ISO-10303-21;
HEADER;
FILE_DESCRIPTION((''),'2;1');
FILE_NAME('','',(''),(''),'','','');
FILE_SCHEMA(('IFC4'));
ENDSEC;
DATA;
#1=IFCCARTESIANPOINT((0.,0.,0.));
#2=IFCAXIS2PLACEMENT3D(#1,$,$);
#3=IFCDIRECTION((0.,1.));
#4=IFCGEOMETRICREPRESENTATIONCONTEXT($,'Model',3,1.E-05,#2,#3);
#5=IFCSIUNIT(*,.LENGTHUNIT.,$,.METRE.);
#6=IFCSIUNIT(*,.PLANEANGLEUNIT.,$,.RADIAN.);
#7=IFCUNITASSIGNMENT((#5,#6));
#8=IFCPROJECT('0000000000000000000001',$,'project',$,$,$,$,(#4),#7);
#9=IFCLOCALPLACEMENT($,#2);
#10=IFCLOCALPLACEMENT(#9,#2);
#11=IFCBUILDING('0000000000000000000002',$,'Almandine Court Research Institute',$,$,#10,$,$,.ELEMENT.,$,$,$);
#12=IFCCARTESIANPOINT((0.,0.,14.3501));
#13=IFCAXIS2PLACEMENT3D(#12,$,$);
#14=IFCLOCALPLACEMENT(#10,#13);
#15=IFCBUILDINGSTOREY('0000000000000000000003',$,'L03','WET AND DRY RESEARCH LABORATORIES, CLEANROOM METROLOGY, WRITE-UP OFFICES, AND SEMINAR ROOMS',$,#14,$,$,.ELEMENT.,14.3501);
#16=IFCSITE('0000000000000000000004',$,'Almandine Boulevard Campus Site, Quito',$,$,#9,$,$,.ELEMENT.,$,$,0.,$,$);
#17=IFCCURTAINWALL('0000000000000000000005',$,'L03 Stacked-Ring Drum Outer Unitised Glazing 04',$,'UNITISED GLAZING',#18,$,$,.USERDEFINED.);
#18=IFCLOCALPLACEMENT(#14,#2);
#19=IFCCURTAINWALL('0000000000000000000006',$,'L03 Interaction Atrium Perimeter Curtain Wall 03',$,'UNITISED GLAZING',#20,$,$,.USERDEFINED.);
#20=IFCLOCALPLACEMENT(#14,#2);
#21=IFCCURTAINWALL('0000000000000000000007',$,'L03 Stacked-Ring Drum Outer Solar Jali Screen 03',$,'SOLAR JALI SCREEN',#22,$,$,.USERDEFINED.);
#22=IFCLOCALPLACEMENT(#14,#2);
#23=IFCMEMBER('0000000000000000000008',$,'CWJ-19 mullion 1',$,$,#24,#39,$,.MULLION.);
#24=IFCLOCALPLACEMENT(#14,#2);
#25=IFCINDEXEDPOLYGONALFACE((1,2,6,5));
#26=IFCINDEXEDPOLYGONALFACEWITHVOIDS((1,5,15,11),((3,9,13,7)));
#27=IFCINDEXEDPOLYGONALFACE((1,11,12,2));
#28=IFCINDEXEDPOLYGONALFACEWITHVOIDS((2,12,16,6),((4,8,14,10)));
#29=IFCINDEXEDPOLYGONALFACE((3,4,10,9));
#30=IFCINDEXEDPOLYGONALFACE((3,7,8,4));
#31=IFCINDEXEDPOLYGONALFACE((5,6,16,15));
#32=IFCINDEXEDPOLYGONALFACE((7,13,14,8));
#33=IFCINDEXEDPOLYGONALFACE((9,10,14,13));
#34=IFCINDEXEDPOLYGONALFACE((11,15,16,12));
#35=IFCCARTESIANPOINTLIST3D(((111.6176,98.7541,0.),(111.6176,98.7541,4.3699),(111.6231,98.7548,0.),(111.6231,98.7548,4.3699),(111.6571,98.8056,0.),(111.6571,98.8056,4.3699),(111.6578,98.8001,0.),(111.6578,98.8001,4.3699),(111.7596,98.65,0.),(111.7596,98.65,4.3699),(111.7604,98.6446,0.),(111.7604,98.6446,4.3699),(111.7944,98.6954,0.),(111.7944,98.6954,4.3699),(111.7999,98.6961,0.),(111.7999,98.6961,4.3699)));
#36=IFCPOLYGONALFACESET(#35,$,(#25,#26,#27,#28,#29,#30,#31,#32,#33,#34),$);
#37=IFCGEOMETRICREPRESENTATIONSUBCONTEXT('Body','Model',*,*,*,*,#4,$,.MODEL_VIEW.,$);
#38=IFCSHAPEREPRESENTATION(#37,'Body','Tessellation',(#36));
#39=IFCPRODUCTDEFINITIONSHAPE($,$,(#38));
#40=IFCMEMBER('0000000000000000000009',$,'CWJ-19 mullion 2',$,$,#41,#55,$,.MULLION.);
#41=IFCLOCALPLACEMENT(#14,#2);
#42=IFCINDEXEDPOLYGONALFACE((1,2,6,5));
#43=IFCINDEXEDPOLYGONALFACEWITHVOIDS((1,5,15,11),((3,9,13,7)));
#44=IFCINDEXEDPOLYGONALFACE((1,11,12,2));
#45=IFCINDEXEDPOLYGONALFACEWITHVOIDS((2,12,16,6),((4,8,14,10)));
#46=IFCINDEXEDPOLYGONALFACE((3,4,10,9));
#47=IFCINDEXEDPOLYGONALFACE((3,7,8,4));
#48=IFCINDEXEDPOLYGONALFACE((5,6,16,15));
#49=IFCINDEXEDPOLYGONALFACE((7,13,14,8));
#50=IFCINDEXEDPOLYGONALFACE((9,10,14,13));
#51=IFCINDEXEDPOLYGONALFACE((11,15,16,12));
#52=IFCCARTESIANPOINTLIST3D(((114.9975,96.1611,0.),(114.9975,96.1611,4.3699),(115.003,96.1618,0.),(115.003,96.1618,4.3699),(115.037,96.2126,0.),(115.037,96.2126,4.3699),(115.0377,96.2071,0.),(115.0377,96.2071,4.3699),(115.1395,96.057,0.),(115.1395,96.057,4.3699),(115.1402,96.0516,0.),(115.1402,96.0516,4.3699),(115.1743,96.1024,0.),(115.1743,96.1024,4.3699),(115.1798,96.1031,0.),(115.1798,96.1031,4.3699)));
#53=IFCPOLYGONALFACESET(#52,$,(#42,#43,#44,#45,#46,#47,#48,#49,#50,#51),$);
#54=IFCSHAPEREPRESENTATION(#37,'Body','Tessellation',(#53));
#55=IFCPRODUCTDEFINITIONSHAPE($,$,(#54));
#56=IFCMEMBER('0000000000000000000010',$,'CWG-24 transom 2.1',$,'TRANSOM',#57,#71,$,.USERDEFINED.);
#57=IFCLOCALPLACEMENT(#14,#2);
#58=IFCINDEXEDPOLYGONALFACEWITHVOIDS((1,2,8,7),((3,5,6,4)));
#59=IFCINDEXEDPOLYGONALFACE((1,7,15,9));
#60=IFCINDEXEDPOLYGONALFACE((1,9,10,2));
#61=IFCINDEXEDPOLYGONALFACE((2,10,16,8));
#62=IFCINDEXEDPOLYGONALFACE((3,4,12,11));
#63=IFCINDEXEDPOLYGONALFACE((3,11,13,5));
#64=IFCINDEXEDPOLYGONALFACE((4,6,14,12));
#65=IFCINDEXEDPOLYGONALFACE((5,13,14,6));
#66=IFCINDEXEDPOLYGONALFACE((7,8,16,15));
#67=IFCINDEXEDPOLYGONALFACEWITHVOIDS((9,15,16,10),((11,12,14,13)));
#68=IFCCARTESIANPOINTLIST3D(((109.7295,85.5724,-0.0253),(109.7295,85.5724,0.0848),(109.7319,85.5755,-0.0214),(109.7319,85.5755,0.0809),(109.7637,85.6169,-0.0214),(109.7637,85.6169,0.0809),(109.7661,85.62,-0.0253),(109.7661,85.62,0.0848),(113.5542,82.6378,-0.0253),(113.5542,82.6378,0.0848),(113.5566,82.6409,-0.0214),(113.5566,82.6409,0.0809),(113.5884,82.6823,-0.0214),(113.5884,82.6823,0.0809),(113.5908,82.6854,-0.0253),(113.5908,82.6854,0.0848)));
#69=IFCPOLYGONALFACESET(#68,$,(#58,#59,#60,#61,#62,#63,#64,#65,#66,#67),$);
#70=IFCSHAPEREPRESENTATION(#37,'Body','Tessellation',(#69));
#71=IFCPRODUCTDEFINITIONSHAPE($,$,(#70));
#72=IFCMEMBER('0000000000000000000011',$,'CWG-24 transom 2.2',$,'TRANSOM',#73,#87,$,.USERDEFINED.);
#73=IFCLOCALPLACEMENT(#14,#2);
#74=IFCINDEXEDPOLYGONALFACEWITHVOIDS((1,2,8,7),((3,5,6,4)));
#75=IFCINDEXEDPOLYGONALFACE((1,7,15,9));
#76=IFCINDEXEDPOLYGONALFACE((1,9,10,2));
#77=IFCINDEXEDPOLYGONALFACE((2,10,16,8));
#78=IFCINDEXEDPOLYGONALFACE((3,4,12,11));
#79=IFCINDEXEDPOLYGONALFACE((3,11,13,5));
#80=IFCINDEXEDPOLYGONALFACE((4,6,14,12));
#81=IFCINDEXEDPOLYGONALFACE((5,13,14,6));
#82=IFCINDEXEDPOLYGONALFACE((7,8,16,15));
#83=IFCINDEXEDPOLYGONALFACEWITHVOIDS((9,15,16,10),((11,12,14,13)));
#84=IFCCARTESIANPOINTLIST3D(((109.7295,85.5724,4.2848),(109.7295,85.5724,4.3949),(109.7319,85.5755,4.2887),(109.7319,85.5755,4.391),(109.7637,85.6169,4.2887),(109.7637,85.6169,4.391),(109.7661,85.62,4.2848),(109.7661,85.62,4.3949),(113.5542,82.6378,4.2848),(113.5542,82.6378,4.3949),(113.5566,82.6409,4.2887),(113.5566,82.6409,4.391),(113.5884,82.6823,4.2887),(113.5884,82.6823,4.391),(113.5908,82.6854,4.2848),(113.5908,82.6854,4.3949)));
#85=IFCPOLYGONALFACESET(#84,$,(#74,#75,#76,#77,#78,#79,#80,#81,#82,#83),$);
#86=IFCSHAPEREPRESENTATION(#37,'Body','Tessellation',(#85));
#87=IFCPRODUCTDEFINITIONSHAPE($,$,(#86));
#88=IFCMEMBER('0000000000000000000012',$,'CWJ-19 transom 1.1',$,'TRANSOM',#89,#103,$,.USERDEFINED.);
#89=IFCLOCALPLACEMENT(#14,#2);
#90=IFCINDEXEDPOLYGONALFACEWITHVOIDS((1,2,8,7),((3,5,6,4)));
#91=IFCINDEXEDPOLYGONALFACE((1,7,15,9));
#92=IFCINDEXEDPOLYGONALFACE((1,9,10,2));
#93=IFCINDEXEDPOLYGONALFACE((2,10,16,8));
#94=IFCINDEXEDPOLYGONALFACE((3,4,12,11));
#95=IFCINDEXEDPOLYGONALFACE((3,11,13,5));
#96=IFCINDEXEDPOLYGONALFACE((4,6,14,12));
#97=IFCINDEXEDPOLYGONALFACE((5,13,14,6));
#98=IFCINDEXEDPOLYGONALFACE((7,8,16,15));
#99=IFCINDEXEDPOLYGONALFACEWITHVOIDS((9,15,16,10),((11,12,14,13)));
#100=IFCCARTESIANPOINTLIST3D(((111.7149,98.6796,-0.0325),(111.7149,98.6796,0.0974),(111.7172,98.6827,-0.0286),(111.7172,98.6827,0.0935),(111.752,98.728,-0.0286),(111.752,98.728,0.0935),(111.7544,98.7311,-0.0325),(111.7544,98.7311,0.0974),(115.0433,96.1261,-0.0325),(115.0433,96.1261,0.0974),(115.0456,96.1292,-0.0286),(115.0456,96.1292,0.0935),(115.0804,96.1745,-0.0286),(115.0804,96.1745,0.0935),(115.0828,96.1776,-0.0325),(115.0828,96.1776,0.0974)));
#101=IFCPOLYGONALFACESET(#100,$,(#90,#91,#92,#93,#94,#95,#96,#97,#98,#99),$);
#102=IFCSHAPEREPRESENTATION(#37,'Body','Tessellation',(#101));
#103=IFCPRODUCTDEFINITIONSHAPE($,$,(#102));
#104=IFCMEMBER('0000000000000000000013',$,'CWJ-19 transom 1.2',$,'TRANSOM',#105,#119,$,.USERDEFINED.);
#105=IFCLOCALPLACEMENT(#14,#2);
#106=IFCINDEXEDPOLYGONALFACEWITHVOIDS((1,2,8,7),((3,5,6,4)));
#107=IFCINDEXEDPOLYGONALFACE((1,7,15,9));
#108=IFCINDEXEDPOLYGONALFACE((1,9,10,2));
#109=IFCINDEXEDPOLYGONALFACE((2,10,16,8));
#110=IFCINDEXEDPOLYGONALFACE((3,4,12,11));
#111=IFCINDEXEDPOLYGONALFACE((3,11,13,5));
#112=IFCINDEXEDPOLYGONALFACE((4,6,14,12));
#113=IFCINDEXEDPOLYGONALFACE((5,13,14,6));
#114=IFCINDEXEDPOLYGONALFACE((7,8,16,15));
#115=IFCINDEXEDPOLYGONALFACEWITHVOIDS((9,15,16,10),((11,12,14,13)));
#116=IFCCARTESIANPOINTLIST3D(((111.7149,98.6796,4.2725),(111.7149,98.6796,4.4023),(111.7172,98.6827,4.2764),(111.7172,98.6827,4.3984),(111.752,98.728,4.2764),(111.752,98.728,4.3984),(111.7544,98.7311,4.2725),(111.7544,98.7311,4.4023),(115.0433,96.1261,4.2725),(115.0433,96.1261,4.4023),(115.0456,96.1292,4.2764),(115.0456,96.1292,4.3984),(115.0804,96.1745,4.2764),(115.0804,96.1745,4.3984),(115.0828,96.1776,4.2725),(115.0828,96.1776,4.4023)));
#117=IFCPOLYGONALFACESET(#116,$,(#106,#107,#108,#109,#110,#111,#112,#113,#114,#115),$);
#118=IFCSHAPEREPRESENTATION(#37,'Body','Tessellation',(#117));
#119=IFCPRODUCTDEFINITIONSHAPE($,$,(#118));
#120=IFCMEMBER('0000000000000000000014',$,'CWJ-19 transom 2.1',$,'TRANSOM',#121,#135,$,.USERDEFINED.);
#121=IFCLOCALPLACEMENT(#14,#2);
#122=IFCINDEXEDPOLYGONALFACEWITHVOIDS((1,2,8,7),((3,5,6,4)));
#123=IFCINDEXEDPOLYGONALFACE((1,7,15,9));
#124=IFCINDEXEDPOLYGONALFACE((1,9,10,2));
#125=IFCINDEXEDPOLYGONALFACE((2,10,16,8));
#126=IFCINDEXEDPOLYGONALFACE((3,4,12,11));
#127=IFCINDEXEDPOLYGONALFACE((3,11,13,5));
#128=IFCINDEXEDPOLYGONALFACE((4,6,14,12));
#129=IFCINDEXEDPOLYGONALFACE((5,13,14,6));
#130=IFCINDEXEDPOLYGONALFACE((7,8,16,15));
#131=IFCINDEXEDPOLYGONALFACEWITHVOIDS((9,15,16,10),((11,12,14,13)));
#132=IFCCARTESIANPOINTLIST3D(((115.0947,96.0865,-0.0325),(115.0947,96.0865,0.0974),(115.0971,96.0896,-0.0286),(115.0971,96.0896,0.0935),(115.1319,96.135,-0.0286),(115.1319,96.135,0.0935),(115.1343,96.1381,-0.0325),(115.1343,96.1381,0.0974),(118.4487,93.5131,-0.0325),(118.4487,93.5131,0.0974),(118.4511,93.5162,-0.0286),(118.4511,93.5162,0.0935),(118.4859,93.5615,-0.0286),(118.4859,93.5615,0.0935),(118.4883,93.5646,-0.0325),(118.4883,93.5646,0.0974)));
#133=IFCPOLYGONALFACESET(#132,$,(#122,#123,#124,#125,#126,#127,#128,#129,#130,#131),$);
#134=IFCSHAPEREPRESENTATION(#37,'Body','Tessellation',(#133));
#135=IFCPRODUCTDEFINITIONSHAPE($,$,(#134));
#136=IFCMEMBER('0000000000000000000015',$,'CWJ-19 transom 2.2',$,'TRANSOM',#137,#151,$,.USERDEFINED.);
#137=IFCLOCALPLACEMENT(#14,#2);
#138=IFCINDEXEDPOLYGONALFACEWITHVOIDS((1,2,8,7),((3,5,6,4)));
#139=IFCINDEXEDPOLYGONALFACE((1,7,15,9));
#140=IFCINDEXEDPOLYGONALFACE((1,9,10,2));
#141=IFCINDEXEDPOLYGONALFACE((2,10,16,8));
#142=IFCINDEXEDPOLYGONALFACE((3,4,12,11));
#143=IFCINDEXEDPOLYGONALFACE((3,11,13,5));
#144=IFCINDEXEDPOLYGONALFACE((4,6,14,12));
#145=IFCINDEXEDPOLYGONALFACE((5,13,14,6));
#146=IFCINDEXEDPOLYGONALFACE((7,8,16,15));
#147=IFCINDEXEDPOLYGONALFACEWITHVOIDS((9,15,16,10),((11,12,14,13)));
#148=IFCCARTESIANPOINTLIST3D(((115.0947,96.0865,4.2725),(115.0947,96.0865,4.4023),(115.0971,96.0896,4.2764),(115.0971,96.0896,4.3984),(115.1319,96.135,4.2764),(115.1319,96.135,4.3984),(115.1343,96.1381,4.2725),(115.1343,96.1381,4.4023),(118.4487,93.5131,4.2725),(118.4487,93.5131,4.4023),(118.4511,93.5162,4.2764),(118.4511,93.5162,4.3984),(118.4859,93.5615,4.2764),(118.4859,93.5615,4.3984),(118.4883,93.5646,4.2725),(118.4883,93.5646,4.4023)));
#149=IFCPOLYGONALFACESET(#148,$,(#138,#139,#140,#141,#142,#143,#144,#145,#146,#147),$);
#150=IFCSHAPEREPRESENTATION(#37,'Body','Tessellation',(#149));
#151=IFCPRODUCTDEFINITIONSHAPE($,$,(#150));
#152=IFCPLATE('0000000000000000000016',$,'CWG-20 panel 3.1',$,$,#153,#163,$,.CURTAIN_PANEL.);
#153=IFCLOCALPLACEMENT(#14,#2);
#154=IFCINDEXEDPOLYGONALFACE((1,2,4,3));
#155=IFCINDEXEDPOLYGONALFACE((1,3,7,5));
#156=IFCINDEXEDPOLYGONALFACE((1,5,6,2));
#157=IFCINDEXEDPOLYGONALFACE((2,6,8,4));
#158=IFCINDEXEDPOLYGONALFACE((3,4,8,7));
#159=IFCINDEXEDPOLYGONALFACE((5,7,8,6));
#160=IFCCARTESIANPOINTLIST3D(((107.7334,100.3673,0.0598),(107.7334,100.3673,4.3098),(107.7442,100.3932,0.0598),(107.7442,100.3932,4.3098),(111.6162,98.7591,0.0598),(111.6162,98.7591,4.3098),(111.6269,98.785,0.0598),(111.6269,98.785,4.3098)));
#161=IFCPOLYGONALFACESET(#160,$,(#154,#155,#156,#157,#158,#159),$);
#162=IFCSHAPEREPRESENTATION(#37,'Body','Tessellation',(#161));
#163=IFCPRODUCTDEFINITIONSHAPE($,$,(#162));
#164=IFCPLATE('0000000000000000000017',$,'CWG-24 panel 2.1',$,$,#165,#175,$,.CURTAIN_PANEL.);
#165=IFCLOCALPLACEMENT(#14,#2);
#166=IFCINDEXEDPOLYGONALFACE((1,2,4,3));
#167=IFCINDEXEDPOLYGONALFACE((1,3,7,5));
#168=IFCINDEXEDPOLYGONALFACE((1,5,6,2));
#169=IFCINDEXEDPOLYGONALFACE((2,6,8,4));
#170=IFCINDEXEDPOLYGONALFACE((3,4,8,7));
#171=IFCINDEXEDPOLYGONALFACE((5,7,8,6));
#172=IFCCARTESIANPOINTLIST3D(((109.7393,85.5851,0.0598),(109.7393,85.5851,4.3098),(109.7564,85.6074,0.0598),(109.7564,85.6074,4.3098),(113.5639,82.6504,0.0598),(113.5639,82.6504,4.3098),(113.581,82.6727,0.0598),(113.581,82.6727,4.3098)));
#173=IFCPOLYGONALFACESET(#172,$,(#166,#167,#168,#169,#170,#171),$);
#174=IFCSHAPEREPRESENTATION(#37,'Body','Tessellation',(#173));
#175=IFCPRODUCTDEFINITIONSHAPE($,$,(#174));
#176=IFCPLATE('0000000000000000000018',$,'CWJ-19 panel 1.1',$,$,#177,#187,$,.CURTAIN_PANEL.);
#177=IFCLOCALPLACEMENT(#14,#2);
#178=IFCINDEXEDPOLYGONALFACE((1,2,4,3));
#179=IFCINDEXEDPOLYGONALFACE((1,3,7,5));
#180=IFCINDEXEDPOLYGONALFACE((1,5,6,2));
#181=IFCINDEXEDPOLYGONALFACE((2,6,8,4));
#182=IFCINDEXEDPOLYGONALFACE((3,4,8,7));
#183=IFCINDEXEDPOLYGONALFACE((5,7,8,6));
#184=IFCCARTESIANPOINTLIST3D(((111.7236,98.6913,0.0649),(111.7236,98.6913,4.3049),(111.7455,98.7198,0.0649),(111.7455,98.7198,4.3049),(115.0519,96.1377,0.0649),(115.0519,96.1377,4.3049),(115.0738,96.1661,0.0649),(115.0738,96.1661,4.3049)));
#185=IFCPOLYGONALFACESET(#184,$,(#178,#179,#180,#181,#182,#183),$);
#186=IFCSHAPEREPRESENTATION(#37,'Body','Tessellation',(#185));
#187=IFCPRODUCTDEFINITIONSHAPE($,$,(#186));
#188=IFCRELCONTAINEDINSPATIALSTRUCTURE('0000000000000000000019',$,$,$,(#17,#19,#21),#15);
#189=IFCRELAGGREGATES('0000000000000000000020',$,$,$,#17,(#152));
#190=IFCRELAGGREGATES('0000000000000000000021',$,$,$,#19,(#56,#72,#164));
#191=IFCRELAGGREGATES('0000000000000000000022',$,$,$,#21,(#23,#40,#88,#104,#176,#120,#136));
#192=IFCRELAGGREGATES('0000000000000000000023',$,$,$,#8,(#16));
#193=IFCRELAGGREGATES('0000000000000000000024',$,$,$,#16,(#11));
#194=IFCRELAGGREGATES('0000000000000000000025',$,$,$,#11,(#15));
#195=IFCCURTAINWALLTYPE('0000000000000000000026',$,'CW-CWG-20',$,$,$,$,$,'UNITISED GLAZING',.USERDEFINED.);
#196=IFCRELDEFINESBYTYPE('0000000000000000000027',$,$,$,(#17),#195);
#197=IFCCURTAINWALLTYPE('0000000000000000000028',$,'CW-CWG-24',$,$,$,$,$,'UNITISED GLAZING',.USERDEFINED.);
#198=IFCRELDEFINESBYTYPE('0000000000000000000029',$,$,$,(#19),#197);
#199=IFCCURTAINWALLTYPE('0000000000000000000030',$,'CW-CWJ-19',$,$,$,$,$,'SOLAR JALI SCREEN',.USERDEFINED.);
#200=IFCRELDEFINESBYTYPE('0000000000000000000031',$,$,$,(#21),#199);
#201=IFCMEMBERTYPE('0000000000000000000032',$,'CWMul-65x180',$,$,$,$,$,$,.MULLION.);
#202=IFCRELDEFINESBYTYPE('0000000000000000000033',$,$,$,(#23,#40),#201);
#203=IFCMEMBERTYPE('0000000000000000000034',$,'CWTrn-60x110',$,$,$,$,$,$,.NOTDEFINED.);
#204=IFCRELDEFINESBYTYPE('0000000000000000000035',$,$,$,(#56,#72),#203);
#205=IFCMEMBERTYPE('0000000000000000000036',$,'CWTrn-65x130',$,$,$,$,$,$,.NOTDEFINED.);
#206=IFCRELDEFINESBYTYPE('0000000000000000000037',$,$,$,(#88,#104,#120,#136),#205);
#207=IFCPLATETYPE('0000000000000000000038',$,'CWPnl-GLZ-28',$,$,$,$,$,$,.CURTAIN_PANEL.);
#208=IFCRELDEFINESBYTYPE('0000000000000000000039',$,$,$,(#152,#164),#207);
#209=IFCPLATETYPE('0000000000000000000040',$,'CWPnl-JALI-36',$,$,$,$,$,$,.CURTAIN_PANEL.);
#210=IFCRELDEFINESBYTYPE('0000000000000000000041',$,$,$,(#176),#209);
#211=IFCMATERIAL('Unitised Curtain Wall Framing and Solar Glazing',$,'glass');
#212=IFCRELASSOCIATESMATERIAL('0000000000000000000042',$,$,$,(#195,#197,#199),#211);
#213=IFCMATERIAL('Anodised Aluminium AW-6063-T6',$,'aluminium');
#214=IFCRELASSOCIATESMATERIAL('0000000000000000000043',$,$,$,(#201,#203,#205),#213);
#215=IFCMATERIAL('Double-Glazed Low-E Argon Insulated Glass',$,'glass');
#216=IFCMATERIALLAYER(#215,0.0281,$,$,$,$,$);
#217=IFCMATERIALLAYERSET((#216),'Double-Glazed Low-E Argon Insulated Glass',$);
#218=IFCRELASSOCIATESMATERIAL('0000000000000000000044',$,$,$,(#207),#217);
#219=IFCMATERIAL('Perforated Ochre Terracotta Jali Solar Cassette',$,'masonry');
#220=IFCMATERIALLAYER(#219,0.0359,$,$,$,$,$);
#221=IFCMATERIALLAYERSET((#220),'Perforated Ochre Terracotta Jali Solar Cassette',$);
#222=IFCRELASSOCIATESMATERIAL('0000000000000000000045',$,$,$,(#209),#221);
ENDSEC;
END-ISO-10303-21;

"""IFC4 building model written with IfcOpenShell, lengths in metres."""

from ifc_helpers import new_model, si_unit, direction, frame, origin, origin_2d, place, context, subcontext, project, spatial, rectangle, hollow_rectangle, extrude, material, layer, layer_set, material_profile, profile_set, type_object, element, aggregate, save


model = new_model("IFC4")

# Units and contexts
model_context = context("Model", 3, precision=1e-05, world=origin(), true_north=direction((0.0, 1.0)))
body_context = subcontext(model_context, "Body", "Model", "MODEL_VIEW")
ifc_project = project(units=[si_unit("LENGTHUNIT", "METRE"), si_unit("PLANEANGLEUNIT", "RADIAN")], contexts=[model_context])

# Site, building, storey
site_placement = place(None, origin())
site = spatial("IfcSite", under=ifc_project, at=site_placement, Name="Almandine Boulevard Campus Site, Quito", CompositionType="ELEMENT", RefElevation=0.0)
building_placement = place(site_placement, origin())
building = spatial("IfcBuilding", under=site, at=building_placement, Name="Almandine Court Research Institute", CompositionType="ELEMENT")
storey_placement = place(building_placement, frame((0.0, 0.0, 14.3501)))
storey = spatial("IfcBuildingStorey", under=building, at=storey_placement, Name="L03", Description="WET AND DRY RESEARCH LABORATORIES, CLEANROOM METROLOGY, WRITE-UP OFFICES, AND SEMINAR ROOMS", CompositionType="ELEMENT", Elevation=14.3501)

# Curtain wall
ifc_material_1 = material(Name="Unitised Curtain Wall Framing and Solar Glazing", Category="glass")
curtain_wall_type_1 = type_object("IfcCurtainWallType", Name="CW-CWG-20", ElementType="UNITISED GLAZING", PredefinedType="USERDEFINED", material=ifc_material_1)
curtain_wall_1_placement = place(storey_placement, origin())
curtain_wall_1 = element("IfcCurtainWall", 1, at=curtain_wall_1_placement, inside=storey, type_object=curtain_wall_type_1, Name="L03 Stacked-Ring Drum Outer Unitised Glazing 04", ObjectType="UNITISED GLAZING", PredefinedType="USERDEFINED")
ifc_material_2 = material(Name="Anodised Aluminium AW-6063-T6", Category="aluminium")

# Curtain walls, members
curtain_wall_type_2 = type_object("IfcCurtainWallType", Name="CW-CWG-24", ElementType="UNITISED GLAZING", PredefinedType="USERDEFINED", material=ifc_material_1)
curtain_wall_2_placement = place(storey_placement, origin())
curtain_wall_2 = element("IfcCurtainWall", 2, at=curtain_wall_2_placement, inside=storey, type_object=curtain_wall_type_2, Name="L03 Interaction Atrium Perimeter Curtain Wall 03", ObjectType="UNITISED GLAZING", PredefinedType="USERDEFINED")
curtain_wall_type_3 = type_object("IfcCurtainWallType", Name="CW-CWJ-19", ElementType="SOLAR JALI SCREEN", PredefinedType="USERDEFINED", material=ifc_material_1)
curtain_wall_3_placement = place(storey_placement, origin())
curtain_wall_3 = element("IfcCurtainWall", 3, at=curtain_wall_3_placement, inside=storey, type_object=curtain_wall_type_3, Name="L03 Stacked-Ring Drum Outer Solar Jali Screen 03", ObjectType="SOLAR JALI SCREEN", PredefinedType="USERDEFINED")
ifc_material_profile_1 = material_profile(ifc_material_2, hollow_rectangle(XDim=0.0649, YDim=0.1799, WallThickness=0.0039, at=origin_2d()), Name="ALU RHS 65x180x4")
ifc_profile_set_1 = profile_set([ifc_material_profile_1], Name="Anodised Aluminium AW-6063-T6")
member_type_1 = type_object("IfcMemberType", Name="CWMul-65x180", PredefinedType="MULLION", material=ifc_profile_set_1)
member_1_placement = place(storey_placement, frame((111.7087, 98.7251, 0.0), z_axis=(0.0, 0.0, 1.0), x_axis=(0.608723, 0.793383, 0.0)))
member_1 = element("IfcMember", 4, at=member_1_placement, type_object=member_type_1, Name="CWJ-19 mullion 1", PredefinedType="MULLION", context=body_context, shape_type="SweptSolid", body=[
    extrude(hollow_rectangle(XDim=0.0649, YDim=0.1799, WallThickness=0.0039, at=origin_2d()), origin(), (0.0, 0.0, 1.0), 4.3699),
])
member_2_placement = place(storey_placement, frame((115.0886, 96.1321, 0.0), z_axis=(0.0, 0.0, 1.0), x_axis=(0.608723, 0.793383, 0.0)))
member_2 = element("IfcMember", 5, at=member_2_placement, type_object=member_type_1, Name="CWJ-19 mullion 2", PredefinedType="MULLION", context=body_context, shape_type="SweptSolid", body=[
    extrude(hollow_rectangle(XDim=0.0649, YDim=0.1799, WallThickness=0.0039, at=origin_2d()), origin(), (0.0, 0.0, 1.0), 4.3699),
])

# Members
ifc_material_profile_2 = material_profile(ifc_material_2, hollow_rectangle(XDim=0.0601, YDim=0.1101, WallThickness=0.0039, at=origin_2d()), Name="ALU RHS 60x110x4")
ifc_profile_set_2 = profile_set([ifc_material_profile_2], Name="Anodised Aluminium AW-6063-T6")
member_type_2 = type_object("IfcMemberType", Name="CWTrn-60x110", PredefinedType="NOTDEFINED", material=ifc_profile_set_2)
member_3_placement = place(storey_placement, frame((109.7478, 85.5962, 0.0298), z_axis=(0.793376, -0.608731, 0.0), x_axis=(0.608731, 0.793376, 0.0)))
member_3 = element("IfcMember", 6, at=member_3_placement, type_object=member_type_2, Name="CWG-24 transom 2.1", ObjectType="TRANSOM", PredefinedType="USERDEFINED", context=body_context, shape_type="SweptSolid", body=[
    extrude(hollow_rectangle(XDim=0.0601, YDim=0.1101, WallThickness=0.0039, at=origin_2d()), origin(), (0.0, 0.0, 1.0), 4.8208),
])
member_4_placement = place(storey_placement, frame((109.7478, 85.5962, 4.3398), z_axis=(0.793376, -0.608731, 0.0), x_axis=(0.608731, 0.793376, 0.0)))
member_4 = element("IfcMember", 7, at=member_4_placement, type_object=member_type_2, Name="CWG-24 transom 2.2", ObjectType="TRANSOM", PredefinedType="USERDEFINED", context=body_context, shape_type="SweptSolid", body=[
    extrude(hollow_rectangle(XDim=0.0601, YDim=0.1101, WallThickness=0.0039, at=origin_2d()), origin(), (0.0, 0.0, 1.0), 4.8208),
])
ifc_material_profile_3 = material_profile(ifc_material_2, hollow_rectangle(XDim=0.0649, YDim=0.1299, WallThickness=0.0039, at=origin_2d()), Name="ALU RHS 65x130x4")
ifc_profile_set_3 = profile_set([ifc_material_profile_3], Name="Anodised Aluminium AW-6063-T6")
member_type_3 = type_object("IfcMemberType", Name="CWTrn-65x130", PredefinedType="NOTDEFINED", material=ifc_profile_set_3)
member_5_placement = place(storey_placement, frame((111.7346, 98.7053, 0.0325), z_axis=(0.793409, -0.608689, 0.0), x_axis=(0.608689, 0.793409, 0.0)))
member_5 = element("IfcMember", 8, at=member_5_placement, type_object=member_type_3, Name="CWJ-19 transom 1.1", ObjectType="TRANSOM", PredefinedType="USERDEFINED", context=body_context, shape_type="SweptSolid", body=[
    extrude(hollow_rectangle(XDim=0.0649, YDim=0.1299, WallThickness=0.0039, at=origin_2d()), origin(), (0.0, 0.0, 1.0), 4.1951),
])
member_6_placement = place(storey_placement, frame((111.7346, 98.7053, 4.3374), z_axis=(0.793409, -0.608689, 0.0), x_axis=(0.608689, 0.793409, 0.0)))
member_6 = element("IfcMember", 9, at=member_6_placement, type_object=member_type_3, Name="CWJ-19 transom 1.2", ObjectType="TRANSOM", PredefinedType="USERDEFINED", context=body_context, shape_type="SweptSolid", body=[
    extrude(hollow_rectangle(XDim=0.0649, YDim=0.1299, WallThickness=0.0039, at=origin_2d()), origin(), (0.0, 0.0, 1.0), 4.1951),
])
member_7_placement = place(storey_placement, frame((115.1145, 96.1123, 0.0325), z_axis=(0.793368, -0.608742, 0.0), x_axis=(0.608742, 0.793368, 0.0)))
member_7 = element("IfcMember", 10, at=member_7_placement, type_object=member_type_3, Name="CWJ-19 transom 2.1", ObjectType="TRANSOM", PredefinedType="USERDEFINED", context=body_context, shape_type="SweptSolid", body=[
    extrude(hollow_rectangle(XDim=0.0649, YDim=0.1299, WallThickness=0.0039, at=origin_2d()), origin(), (0.0, 0.0, 1.0), 4.2275),
])
member_8_placement = place(storey_placement, frame((115.1145, 96.1123, 4.3374), z_axis=(0.793368, -0.608742, 0.0), x_axis=(0.608742, 0.793368, 0.0)))
member_8 = element("IfcMember", 11, at=member_8_placement, type_object=member_type_3, Name="CWJ-19 transom 2.2", ObjectType="TRANSOM", PredefinedType="USERDEFINED", context=body_context, shape_type="SweptSolid", body=[
    extrude(hollow_rectangle(XDim=0.0649, YDim=0.1299, WallThickness=0.0039, at=origin_2d()), origin(), (0.0, 0.0, 1.0), 4.2275),
])

# Plates
ifc_material_3 = material(Name="Double-Glazed Low-E Argon Insulated Glass", Category="glass")
ifc_layer_1 = layer(ifc_material_3, 0.0281)
ifc_layer_set_1 = layer_set([ifc_layer_1], Name="Double-Glazed Low-E Argon Insulated Glass")
plate_type_1 = type_object("IfcPlateType", Name="CWPnl-GLZ-28", PredefinedType="CURTAIN_PANEL", material=ifc_layer_set_1)
plate_1_placement = place(storey_placement, frame((109.6802, 99.5762, 0.0598), z_axis=(0.0, 0.0, 1.0), x_axis=(0.923888, -0.382663, 0.0)))
plate_1 = element("IfcPlate", 12, at=plate_1_placement, type_object=plate_type_1, Name="CWG-20 panel 3.1", PredefinedType="CURTAIN_PANEL", context=body_context, shape_type="SweptSolid", body=[
    extrude(rectangle(XDim=4.2026, YDim=0.0281, at=origin_2d()), origin(), (0.0, 0.0, 1.0), 4.25),
])
aggregate(curtain_wall_1, [plate_1])
plate_2_placement = place(storey_placement, frame((111.6602, 84.1289, 0.0598), z_axis=(0.0, 0.0, 1.0), x_axis=(0.793354, -0.608761, 0.0)))
plate_2 = element("IfcPlate", 13, at=plate_2_placement, type_object=plate_type_1, Name="CWG-24 panel 2.1", PredefinedType="CURTAIN_PANEL", context=body_context, shape_type="SweptSolid", body=[
    extrude(rectangle(XDim=4.8208, YDim=0.0281, at=origin_2d()), origin(), (0.0, 0.0, 1.0), 4.25),
])
aggregate(curtain_wall_2, [member_3, member_4, plate_2])
ifc_material_4 = material(Name="Perforated Ochre Terracotta Jali Solar Cassette", Category="masonry")
ifc_layer_2 = layer(ifc_material_4, 0.0359)
ifc_layer_set_2 = layer_set([ifc_layer_2], Name="Perforated Ochre Terracotta Jali Solar Cassette")
plate_type_2 = type_object("IfcPlateType", Name="CWPnl-JALI-36", PredefinedType="CURTAIN_PANEL", material=ifc_layer_set_2)
plate_3_placement = place(storey_placement, frame((113.3987, 97.4287, 0.0649), z_axis=(0.0, 0.0, 1.0), x_axis=(0.793383, -0.608723, 0.0)))
plate_3 = element("IfcPlate", 14, at=plate_3_placement, type_object=plate_type_2, Name="CWJ-19 panel 1.1", PredefinedType="CURTAIN_PANEL", context=body_context, shape_type="SweptSolid", body=[
    extrude(rectangle(XDim=4.1951, YDim=0.0359, at=origin_2d()), origin(), (0.0, 0.0, 1.0), 4.24),
])
aggregate(curtain_wall_3, [member_1, member_2, member_5, member_6, plate_3, member_7, member_8])

save(model, "model.ifc")
